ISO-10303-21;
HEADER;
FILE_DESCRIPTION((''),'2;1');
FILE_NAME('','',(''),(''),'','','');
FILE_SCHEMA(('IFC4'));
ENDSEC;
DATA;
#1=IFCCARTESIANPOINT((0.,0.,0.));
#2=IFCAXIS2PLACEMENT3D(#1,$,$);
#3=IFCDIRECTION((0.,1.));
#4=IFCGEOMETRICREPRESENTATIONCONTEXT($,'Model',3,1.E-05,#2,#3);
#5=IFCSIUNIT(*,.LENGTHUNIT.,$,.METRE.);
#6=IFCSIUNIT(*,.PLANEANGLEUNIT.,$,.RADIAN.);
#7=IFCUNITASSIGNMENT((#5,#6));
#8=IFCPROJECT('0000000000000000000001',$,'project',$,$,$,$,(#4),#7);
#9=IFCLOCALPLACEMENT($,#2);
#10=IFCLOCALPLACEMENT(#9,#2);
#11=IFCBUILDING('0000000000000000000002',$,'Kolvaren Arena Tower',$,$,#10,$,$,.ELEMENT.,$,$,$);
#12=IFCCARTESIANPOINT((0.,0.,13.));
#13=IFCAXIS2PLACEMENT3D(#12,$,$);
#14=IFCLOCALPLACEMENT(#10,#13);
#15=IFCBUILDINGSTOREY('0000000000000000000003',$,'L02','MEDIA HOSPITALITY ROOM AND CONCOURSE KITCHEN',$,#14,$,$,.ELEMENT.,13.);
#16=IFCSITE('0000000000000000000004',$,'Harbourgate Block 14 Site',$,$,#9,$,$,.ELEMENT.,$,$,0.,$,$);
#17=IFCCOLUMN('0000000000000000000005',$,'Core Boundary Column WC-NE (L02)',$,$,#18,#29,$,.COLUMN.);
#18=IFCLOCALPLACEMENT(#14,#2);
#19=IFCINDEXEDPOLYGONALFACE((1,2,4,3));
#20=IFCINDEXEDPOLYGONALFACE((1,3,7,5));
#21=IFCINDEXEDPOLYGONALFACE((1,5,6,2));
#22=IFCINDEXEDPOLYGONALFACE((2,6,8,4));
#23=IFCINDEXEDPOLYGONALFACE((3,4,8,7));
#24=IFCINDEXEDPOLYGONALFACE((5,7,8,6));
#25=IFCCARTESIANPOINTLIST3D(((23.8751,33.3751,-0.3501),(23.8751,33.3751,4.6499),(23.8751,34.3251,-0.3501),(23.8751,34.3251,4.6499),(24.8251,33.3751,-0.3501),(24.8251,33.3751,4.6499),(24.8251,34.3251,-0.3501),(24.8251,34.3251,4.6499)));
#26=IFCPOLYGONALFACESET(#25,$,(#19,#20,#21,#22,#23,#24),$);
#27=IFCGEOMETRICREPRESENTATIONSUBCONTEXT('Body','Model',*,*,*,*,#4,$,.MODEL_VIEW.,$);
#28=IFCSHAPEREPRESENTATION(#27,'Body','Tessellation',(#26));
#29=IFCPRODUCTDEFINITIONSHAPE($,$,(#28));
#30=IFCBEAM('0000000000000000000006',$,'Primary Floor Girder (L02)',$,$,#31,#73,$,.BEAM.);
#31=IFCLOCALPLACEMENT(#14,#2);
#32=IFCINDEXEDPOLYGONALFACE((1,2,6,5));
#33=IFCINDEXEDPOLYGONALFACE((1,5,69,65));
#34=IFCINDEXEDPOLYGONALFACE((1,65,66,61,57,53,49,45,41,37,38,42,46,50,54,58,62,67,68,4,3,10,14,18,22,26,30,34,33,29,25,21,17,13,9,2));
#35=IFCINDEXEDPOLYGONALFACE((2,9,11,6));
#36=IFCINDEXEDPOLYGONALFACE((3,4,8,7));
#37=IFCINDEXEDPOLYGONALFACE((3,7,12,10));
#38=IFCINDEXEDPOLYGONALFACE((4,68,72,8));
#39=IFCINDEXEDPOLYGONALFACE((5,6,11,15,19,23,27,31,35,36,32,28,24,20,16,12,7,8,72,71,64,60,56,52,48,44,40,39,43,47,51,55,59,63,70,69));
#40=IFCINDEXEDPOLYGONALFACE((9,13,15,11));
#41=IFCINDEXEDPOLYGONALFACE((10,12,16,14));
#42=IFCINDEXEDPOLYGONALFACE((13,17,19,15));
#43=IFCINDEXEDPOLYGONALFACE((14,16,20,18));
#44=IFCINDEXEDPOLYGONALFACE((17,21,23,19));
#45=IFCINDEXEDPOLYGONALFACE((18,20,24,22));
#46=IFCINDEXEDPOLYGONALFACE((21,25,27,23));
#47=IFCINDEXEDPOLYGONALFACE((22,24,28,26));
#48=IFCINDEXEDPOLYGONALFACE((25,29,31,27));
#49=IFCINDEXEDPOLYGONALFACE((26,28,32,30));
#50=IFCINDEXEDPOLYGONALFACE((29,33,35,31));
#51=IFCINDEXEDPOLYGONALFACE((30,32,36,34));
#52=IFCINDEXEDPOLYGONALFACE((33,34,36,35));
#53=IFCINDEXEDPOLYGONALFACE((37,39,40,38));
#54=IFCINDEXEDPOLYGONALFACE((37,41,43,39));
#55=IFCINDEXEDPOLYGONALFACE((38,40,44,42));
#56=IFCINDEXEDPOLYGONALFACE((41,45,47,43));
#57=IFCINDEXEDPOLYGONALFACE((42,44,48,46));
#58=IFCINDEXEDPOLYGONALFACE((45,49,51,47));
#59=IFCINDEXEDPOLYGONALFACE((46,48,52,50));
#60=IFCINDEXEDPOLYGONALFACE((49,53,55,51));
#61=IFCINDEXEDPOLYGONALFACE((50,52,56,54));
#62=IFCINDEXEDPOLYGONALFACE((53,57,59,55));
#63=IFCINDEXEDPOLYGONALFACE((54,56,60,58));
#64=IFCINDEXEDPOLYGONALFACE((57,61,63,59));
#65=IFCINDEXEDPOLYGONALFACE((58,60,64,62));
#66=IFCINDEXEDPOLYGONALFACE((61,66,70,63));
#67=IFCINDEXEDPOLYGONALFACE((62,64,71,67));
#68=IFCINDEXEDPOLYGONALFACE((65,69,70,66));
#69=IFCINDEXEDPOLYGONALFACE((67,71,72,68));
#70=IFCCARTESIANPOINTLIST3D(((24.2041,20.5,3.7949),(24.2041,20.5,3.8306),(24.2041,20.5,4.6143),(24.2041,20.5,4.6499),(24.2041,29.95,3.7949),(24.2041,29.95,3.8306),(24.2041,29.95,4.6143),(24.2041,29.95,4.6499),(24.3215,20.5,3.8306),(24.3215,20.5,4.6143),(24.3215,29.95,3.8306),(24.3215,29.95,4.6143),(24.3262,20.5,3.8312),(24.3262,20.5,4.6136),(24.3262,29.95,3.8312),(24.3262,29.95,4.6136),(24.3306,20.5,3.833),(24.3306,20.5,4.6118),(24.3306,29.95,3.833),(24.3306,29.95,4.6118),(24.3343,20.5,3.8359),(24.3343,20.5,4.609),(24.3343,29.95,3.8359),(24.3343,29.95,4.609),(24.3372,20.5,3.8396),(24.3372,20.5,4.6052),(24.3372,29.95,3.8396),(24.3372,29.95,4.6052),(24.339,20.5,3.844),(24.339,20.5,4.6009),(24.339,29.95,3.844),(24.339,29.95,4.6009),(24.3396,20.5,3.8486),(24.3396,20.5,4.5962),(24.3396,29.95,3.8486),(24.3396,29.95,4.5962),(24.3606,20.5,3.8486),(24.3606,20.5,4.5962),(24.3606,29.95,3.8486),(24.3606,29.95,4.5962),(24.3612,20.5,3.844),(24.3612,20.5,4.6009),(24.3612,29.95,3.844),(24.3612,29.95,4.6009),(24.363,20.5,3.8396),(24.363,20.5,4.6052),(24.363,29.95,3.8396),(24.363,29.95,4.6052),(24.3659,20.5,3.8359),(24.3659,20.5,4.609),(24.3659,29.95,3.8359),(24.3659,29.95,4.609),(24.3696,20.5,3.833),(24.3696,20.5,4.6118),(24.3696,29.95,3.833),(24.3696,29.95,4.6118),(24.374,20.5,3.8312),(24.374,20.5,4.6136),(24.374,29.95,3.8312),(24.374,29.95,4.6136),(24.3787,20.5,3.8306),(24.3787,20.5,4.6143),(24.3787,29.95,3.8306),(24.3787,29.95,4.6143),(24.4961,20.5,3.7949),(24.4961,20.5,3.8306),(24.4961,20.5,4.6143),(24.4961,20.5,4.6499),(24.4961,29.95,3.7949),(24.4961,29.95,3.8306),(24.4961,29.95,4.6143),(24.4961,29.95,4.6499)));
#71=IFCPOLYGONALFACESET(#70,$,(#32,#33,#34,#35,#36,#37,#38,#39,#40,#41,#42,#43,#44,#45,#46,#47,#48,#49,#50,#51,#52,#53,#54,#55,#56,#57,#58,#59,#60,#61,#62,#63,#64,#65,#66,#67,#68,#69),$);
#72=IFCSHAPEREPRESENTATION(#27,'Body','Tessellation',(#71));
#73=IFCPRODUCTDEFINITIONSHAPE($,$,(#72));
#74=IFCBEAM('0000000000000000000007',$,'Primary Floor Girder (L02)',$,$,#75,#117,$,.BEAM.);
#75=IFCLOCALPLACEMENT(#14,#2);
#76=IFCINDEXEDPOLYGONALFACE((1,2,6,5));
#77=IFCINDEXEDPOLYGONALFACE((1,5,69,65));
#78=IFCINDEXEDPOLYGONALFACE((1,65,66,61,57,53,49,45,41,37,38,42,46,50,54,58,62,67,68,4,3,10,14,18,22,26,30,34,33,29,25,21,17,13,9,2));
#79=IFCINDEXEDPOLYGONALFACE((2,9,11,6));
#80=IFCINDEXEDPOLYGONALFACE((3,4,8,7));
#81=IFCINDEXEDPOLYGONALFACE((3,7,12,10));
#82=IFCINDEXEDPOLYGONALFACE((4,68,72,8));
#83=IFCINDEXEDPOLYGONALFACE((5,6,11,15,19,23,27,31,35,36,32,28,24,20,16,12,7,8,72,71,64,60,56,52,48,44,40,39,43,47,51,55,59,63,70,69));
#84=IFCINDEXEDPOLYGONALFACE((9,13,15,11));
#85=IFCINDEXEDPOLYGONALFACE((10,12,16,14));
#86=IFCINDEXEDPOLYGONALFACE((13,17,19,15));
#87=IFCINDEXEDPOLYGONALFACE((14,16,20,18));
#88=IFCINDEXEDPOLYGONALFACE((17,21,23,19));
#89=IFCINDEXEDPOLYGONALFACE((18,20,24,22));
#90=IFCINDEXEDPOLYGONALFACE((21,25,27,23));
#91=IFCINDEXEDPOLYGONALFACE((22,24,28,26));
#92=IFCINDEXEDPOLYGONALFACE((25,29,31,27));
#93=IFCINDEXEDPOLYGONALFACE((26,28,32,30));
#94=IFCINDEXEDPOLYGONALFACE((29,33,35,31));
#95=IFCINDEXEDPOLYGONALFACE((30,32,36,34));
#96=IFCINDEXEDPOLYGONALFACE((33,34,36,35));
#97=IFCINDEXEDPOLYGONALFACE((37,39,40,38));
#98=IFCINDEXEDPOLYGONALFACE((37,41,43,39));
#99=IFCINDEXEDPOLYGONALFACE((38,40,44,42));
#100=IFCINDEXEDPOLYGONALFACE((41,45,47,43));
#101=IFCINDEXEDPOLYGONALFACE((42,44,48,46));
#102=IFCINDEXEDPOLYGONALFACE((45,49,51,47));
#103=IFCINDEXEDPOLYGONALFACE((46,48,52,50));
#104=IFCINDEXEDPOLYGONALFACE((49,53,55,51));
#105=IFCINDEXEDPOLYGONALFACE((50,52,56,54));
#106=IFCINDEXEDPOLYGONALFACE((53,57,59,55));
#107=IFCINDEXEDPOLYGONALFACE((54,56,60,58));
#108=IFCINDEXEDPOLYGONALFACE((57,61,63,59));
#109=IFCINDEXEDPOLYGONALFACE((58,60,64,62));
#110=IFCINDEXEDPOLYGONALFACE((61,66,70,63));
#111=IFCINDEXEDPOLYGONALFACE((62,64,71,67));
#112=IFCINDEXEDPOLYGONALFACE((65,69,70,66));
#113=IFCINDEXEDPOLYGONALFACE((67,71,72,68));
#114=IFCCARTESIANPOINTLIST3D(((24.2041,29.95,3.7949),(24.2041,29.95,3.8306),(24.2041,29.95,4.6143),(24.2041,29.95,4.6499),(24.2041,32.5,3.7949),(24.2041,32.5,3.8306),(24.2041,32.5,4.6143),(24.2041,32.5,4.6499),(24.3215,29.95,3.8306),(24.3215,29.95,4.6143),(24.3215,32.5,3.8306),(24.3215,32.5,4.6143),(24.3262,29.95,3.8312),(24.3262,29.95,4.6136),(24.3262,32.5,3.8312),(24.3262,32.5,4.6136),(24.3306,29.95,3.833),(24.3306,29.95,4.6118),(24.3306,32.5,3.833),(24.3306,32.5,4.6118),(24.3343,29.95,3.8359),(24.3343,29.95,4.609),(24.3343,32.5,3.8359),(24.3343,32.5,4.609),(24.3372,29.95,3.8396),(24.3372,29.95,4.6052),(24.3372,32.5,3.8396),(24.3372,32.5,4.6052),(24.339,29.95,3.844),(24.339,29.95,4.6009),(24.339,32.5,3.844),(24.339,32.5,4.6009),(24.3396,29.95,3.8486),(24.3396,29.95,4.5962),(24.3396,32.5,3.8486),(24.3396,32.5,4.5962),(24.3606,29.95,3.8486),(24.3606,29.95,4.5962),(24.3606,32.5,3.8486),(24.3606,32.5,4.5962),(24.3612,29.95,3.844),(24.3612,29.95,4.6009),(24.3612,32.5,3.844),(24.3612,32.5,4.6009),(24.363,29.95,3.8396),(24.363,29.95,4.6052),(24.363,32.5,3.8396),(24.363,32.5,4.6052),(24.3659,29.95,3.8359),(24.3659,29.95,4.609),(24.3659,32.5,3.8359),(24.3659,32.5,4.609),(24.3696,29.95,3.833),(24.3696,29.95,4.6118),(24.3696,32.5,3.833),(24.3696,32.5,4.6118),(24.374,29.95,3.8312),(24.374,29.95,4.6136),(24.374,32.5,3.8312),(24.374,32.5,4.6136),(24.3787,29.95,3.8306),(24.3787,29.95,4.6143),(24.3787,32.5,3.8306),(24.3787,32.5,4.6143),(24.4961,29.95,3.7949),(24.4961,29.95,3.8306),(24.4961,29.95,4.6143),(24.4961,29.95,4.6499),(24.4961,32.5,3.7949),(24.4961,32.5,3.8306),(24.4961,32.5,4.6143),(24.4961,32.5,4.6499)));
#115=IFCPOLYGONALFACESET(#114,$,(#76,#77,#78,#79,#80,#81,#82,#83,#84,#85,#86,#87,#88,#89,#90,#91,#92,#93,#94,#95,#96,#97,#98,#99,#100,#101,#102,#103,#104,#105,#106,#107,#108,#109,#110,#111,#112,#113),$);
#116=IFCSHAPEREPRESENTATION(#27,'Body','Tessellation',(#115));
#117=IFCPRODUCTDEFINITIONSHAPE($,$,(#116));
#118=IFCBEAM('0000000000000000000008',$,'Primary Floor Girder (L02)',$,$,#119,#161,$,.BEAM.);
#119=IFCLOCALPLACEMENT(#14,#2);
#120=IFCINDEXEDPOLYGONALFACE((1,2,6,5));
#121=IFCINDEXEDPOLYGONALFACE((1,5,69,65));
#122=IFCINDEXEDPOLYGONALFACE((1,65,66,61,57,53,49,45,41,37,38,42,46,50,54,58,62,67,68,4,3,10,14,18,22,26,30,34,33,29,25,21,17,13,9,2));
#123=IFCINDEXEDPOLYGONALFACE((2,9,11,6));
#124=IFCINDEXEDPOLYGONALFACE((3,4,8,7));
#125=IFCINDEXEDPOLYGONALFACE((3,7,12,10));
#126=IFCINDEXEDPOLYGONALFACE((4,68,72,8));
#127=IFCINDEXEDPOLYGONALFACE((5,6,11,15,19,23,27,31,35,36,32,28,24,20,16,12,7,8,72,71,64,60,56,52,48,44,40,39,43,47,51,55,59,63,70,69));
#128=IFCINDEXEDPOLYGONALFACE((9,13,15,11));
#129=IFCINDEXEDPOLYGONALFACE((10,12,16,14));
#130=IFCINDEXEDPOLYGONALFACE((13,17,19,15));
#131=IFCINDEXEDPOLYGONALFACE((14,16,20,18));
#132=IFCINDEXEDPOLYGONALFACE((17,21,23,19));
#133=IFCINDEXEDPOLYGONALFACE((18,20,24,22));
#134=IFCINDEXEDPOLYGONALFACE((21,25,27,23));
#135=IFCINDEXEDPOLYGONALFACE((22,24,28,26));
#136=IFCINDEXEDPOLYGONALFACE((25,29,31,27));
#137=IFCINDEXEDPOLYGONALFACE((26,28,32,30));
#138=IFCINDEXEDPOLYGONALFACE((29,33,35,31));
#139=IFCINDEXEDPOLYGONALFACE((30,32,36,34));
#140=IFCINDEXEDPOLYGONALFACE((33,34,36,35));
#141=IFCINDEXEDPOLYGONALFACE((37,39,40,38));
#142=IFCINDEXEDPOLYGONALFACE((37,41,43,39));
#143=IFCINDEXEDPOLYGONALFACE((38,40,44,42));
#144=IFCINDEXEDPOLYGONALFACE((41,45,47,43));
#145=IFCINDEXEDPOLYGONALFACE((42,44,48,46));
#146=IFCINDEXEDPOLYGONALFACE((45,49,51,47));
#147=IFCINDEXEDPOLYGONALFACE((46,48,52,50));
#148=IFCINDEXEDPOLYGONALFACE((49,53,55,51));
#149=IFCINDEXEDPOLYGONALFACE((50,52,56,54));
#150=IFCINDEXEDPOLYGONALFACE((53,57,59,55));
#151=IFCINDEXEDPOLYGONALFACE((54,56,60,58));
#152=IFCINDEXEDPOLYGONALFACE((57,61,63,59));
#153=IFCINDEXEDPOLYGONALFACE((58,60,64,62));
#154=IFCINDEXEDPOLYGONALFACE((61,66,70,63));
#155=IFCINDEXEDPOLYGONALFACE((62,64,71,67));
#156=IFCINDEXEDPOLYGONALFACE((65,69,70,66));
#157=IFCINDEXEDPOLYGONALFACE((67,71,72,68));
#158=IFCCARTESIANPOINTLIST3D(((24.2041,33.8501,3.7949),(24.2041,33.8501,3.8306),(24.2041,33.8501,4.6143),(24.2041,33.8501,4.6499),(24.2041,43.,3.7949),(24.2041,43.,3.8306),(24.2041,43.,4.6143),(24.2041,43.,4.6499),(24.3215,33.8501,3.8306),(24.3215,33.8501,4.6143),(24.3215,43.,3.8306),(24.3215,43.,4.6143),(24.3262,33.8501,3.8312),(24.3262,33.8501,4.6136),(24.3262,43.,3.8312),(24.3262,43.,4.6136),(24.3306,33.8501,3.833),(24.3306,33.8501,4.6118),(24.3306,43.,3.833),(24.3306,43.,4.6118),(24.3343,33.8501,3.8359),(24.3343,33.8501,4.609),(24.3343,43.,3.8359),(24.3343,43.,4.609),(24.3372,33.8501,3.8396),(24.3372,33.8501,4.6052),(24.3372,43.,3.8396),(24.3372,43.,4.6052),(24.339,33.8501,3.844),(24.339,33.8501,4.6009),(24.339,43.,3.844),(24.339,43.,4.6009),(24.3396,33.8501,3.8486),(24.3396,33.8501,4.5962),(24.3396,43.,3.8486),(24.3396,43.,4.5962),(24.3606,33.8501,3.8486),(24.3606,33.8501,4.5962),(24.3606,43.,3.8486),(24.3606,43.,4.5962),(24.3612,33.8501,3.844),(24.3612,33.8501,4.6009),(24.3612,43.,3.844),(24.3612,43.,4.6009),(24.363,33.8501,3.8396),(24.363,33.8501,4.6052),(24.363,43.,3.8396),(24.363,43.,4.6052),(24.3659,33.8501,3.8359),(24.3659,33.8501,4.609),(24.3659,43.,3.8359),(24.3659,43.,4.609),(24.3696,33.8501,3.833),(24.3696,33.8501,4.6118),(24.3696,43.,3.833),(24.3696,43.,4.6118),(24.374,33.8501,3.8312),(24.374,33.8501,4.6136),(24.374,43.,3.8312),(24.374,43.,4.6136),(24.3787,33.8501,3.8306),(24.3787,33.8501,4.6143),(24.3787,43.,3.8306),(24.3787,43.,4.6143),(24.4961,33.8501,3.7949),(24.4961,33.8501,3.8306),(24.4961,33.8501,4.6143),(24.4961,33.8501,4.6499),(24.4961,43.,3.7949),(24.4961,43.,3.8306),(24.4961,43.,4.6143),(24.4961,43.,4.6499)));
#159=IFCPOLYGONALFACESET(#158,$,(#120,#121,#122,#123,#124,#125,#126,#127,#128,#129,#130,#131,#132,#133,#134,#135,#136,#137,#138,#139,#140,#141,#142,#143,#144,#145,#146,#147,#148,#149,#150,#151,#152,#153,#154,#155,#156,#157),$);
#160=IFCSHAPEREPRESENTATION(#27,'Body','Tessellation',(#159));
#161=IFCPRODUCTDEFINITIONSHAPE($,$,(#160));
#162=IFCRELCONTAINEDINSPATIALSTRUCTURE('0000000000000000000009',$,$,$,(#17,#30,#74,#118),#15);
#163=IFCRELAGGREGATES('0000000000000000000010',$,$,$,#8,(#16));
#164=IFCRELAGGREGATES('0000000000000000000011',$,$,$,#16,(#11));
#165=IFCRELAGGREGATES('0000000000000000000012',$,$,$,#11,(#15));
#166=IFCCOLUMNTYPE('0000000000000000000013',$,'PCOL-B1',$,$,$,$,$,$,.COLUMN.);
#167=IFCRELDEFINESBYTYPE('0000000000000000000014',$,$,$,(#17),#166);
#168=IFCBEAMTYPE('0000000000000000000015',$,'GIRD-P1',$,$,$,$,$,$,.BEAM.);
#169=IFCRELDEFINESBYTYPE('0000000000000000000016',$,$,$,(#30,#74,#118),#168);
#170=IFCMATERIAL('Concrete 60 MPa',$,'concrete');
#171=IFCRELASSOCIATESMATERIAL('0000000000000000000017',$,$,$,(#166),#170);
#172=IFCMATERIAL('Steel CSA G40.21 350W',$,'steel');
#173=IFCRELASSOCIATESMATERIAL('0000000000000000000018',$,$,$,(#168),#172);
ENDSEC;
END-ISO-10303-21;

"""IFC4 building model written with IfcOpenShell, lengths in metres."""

from ifc_helpers import new_model, si_unit, direction, frame, origin, origin_2d, place, context, subcontext, project, spatial, rectangle, i_section, extrude, material, material_profile, profile_set, type_object, element, save


model = new_model("IFC4")

# Units and contexts
model_context = context("Model", 3, precision=1e-05, world=origin(), true_north=direction((0.0, 1.0)))
body_context = subcontext(model_context, "Body", "Model", "MODEL_VIEW")
ifc_project = project(units=[si_unit("LENGTHUNIT", "METRE"), si_unit("PLANEANGLEUNIT", "RADIAN")], contexts=[model_context])

# Site, building, storey
site_placement = place(None, origin())
site = spatial("IfcSite", under=ifc_project, at=site_placement, Name="Harbourgate Block 14 Site", CompositionType="ELEMENT", RefElevation=0.0)
building_placement = place(site_placement, origin())
building = spatial("IfcBuilding", under=site, at=building_placement, Name="Kolvaren Arena Tower", CompositionType="ELEMENT")
storey_placement = place(building_placement, frame((0.0, 0.0, 13.0)))
storey = spatial("IfcBuildingStorey", under=building, at=storey_placement, Name="L02", Description="MEDIA HOSPITALITY ROOM AND CONCOURSE KITCHEN", CompositionType="ELEMENT", Elevation=13.0)

# Column
ifc_material_1 = material(Name="Concrete 60 MPa", Category="concrete")
ifc_material_profile_1 = material_profile(ifc_material_1, rectangle(XDim=0.95, YDim=0.95, at=origin_2d()), Name="RC-950x950")
ifc_profile_set_1 = profile_set([ifc_material_profile_1], Name="Concrete 60 MPa")
column_type = type_object("IfcColumnType", Name="PCOL-B1", PredefinedType="COLUMN", material=ifc_profile_set_1)
column_placement = place(storey_placement, frame((24.3501, 33.8501, -0.3501), z_axis=(0.0, 0.0, 1.0), x_axis=(1.0, 0.0, 0.0)))
element("IfcColumn", 1, at=column_placement, inside=storey, type_object=column_type, Name="Core Boundary Column WC-NE (L02)", PredefinedType="COLUMN", context=body_context, shape_type="SweptSolid", body=[
    extrude(rectangle(XDim=0.95, YDim=0.95, at=origin_2d()), origin(), (0.0, 0.0, 1.0), 5.0),
])

# Beams
ifc_material_2 = material(Name="Steel CSA G40.21 350W", Category="steel")
ifc_material_profile_2 = material_profile(ifc_material_2, i_section(OverallWidth=0.292, OverallDepth=0.855, WebThickness=0.021, FlangeThickness=0.0356, FilletRadius=0.0181, at=origin_2d()), Name="W840x299")
ifc_profile_set_2 = profile_set([ifc_material_profile_2], Name="Steel CSA G40.21 350W")
beam_type_1 = type_object("IfcBeamType", Name="GIRD-P1", PredefinedType="BEAM", material=ifc_profile_set_2)
beam_1_placement = place(storey_placement, frame((24.3501, 20.5, 4.2224), z_axis=(0.0, 1.0, 0.0), x_axis=(-1.0, 0.0, 0.0)))
element("IfcBeam", 2, at=beam_1_placement, inside=storey, type_object=beam_type_1, Name="Primary Floor Girder (L02)", PredefinedType="BEAM", context=body_context, shape_type="SweptSolid", body=[
    extrude(i_section(OverallWidth=0.292, OverallDepth=0.855, WebThickness=0.021, FlangeThickness=0.0356, FilletRadius=0.0181, at=origin_2d()), origin(), (0.0, 0.0, 1.0), 9.45),
])
beam_2_placement = place(storey_placement, frame((24.3501, 29.95, 4.2224), z_axis=(0.0, 1.0, 0.0), x_axis=(-1.0, 0.0, 0.0)))
element("IfcBeam", 3, at=beam_2_placement, inside=storey, type_object=beam_type_1, Name="Primary Floor Girder (L02)", PredefinedType="BEAM", context=body_context, shape_type="SweptSolid", body=[
    extrude(i_section(OverallWidth=0.292, OverallDepth=0.855, WebThickness=0.021, FlangeThickness=0.0356, FilletRadius=0.0181, at=origin_2d()), origin(), (0.0, 0.0, 1.0), 2.55),
])
beam_3_placement = place(storey_placement, frame((24.3501, 33.8501, 4.2224), z_axis=(0.0, 1.0, 0.0), x_axis=(-1.0, 0.0, 0.0)))
element("IfcBeam", 4, at=beam_3_placement, inside=storey, type_object=beam_type_1, Name="Primary Floor Girder (L02)", PredefinedType="BEAM", context=body_context, shape_type="SweptSolid", body=[
    extrude(i_section(OverallWidth=0.292, OverallDepth=0.855, WebThickness=0.021, FlangeThickness=0.0356, FilletRadius=0.0181, at=origin_2d()), origin(), (0.0, 0.0, 1.0), 9.1499),
])

save(model, "model.ifc")
